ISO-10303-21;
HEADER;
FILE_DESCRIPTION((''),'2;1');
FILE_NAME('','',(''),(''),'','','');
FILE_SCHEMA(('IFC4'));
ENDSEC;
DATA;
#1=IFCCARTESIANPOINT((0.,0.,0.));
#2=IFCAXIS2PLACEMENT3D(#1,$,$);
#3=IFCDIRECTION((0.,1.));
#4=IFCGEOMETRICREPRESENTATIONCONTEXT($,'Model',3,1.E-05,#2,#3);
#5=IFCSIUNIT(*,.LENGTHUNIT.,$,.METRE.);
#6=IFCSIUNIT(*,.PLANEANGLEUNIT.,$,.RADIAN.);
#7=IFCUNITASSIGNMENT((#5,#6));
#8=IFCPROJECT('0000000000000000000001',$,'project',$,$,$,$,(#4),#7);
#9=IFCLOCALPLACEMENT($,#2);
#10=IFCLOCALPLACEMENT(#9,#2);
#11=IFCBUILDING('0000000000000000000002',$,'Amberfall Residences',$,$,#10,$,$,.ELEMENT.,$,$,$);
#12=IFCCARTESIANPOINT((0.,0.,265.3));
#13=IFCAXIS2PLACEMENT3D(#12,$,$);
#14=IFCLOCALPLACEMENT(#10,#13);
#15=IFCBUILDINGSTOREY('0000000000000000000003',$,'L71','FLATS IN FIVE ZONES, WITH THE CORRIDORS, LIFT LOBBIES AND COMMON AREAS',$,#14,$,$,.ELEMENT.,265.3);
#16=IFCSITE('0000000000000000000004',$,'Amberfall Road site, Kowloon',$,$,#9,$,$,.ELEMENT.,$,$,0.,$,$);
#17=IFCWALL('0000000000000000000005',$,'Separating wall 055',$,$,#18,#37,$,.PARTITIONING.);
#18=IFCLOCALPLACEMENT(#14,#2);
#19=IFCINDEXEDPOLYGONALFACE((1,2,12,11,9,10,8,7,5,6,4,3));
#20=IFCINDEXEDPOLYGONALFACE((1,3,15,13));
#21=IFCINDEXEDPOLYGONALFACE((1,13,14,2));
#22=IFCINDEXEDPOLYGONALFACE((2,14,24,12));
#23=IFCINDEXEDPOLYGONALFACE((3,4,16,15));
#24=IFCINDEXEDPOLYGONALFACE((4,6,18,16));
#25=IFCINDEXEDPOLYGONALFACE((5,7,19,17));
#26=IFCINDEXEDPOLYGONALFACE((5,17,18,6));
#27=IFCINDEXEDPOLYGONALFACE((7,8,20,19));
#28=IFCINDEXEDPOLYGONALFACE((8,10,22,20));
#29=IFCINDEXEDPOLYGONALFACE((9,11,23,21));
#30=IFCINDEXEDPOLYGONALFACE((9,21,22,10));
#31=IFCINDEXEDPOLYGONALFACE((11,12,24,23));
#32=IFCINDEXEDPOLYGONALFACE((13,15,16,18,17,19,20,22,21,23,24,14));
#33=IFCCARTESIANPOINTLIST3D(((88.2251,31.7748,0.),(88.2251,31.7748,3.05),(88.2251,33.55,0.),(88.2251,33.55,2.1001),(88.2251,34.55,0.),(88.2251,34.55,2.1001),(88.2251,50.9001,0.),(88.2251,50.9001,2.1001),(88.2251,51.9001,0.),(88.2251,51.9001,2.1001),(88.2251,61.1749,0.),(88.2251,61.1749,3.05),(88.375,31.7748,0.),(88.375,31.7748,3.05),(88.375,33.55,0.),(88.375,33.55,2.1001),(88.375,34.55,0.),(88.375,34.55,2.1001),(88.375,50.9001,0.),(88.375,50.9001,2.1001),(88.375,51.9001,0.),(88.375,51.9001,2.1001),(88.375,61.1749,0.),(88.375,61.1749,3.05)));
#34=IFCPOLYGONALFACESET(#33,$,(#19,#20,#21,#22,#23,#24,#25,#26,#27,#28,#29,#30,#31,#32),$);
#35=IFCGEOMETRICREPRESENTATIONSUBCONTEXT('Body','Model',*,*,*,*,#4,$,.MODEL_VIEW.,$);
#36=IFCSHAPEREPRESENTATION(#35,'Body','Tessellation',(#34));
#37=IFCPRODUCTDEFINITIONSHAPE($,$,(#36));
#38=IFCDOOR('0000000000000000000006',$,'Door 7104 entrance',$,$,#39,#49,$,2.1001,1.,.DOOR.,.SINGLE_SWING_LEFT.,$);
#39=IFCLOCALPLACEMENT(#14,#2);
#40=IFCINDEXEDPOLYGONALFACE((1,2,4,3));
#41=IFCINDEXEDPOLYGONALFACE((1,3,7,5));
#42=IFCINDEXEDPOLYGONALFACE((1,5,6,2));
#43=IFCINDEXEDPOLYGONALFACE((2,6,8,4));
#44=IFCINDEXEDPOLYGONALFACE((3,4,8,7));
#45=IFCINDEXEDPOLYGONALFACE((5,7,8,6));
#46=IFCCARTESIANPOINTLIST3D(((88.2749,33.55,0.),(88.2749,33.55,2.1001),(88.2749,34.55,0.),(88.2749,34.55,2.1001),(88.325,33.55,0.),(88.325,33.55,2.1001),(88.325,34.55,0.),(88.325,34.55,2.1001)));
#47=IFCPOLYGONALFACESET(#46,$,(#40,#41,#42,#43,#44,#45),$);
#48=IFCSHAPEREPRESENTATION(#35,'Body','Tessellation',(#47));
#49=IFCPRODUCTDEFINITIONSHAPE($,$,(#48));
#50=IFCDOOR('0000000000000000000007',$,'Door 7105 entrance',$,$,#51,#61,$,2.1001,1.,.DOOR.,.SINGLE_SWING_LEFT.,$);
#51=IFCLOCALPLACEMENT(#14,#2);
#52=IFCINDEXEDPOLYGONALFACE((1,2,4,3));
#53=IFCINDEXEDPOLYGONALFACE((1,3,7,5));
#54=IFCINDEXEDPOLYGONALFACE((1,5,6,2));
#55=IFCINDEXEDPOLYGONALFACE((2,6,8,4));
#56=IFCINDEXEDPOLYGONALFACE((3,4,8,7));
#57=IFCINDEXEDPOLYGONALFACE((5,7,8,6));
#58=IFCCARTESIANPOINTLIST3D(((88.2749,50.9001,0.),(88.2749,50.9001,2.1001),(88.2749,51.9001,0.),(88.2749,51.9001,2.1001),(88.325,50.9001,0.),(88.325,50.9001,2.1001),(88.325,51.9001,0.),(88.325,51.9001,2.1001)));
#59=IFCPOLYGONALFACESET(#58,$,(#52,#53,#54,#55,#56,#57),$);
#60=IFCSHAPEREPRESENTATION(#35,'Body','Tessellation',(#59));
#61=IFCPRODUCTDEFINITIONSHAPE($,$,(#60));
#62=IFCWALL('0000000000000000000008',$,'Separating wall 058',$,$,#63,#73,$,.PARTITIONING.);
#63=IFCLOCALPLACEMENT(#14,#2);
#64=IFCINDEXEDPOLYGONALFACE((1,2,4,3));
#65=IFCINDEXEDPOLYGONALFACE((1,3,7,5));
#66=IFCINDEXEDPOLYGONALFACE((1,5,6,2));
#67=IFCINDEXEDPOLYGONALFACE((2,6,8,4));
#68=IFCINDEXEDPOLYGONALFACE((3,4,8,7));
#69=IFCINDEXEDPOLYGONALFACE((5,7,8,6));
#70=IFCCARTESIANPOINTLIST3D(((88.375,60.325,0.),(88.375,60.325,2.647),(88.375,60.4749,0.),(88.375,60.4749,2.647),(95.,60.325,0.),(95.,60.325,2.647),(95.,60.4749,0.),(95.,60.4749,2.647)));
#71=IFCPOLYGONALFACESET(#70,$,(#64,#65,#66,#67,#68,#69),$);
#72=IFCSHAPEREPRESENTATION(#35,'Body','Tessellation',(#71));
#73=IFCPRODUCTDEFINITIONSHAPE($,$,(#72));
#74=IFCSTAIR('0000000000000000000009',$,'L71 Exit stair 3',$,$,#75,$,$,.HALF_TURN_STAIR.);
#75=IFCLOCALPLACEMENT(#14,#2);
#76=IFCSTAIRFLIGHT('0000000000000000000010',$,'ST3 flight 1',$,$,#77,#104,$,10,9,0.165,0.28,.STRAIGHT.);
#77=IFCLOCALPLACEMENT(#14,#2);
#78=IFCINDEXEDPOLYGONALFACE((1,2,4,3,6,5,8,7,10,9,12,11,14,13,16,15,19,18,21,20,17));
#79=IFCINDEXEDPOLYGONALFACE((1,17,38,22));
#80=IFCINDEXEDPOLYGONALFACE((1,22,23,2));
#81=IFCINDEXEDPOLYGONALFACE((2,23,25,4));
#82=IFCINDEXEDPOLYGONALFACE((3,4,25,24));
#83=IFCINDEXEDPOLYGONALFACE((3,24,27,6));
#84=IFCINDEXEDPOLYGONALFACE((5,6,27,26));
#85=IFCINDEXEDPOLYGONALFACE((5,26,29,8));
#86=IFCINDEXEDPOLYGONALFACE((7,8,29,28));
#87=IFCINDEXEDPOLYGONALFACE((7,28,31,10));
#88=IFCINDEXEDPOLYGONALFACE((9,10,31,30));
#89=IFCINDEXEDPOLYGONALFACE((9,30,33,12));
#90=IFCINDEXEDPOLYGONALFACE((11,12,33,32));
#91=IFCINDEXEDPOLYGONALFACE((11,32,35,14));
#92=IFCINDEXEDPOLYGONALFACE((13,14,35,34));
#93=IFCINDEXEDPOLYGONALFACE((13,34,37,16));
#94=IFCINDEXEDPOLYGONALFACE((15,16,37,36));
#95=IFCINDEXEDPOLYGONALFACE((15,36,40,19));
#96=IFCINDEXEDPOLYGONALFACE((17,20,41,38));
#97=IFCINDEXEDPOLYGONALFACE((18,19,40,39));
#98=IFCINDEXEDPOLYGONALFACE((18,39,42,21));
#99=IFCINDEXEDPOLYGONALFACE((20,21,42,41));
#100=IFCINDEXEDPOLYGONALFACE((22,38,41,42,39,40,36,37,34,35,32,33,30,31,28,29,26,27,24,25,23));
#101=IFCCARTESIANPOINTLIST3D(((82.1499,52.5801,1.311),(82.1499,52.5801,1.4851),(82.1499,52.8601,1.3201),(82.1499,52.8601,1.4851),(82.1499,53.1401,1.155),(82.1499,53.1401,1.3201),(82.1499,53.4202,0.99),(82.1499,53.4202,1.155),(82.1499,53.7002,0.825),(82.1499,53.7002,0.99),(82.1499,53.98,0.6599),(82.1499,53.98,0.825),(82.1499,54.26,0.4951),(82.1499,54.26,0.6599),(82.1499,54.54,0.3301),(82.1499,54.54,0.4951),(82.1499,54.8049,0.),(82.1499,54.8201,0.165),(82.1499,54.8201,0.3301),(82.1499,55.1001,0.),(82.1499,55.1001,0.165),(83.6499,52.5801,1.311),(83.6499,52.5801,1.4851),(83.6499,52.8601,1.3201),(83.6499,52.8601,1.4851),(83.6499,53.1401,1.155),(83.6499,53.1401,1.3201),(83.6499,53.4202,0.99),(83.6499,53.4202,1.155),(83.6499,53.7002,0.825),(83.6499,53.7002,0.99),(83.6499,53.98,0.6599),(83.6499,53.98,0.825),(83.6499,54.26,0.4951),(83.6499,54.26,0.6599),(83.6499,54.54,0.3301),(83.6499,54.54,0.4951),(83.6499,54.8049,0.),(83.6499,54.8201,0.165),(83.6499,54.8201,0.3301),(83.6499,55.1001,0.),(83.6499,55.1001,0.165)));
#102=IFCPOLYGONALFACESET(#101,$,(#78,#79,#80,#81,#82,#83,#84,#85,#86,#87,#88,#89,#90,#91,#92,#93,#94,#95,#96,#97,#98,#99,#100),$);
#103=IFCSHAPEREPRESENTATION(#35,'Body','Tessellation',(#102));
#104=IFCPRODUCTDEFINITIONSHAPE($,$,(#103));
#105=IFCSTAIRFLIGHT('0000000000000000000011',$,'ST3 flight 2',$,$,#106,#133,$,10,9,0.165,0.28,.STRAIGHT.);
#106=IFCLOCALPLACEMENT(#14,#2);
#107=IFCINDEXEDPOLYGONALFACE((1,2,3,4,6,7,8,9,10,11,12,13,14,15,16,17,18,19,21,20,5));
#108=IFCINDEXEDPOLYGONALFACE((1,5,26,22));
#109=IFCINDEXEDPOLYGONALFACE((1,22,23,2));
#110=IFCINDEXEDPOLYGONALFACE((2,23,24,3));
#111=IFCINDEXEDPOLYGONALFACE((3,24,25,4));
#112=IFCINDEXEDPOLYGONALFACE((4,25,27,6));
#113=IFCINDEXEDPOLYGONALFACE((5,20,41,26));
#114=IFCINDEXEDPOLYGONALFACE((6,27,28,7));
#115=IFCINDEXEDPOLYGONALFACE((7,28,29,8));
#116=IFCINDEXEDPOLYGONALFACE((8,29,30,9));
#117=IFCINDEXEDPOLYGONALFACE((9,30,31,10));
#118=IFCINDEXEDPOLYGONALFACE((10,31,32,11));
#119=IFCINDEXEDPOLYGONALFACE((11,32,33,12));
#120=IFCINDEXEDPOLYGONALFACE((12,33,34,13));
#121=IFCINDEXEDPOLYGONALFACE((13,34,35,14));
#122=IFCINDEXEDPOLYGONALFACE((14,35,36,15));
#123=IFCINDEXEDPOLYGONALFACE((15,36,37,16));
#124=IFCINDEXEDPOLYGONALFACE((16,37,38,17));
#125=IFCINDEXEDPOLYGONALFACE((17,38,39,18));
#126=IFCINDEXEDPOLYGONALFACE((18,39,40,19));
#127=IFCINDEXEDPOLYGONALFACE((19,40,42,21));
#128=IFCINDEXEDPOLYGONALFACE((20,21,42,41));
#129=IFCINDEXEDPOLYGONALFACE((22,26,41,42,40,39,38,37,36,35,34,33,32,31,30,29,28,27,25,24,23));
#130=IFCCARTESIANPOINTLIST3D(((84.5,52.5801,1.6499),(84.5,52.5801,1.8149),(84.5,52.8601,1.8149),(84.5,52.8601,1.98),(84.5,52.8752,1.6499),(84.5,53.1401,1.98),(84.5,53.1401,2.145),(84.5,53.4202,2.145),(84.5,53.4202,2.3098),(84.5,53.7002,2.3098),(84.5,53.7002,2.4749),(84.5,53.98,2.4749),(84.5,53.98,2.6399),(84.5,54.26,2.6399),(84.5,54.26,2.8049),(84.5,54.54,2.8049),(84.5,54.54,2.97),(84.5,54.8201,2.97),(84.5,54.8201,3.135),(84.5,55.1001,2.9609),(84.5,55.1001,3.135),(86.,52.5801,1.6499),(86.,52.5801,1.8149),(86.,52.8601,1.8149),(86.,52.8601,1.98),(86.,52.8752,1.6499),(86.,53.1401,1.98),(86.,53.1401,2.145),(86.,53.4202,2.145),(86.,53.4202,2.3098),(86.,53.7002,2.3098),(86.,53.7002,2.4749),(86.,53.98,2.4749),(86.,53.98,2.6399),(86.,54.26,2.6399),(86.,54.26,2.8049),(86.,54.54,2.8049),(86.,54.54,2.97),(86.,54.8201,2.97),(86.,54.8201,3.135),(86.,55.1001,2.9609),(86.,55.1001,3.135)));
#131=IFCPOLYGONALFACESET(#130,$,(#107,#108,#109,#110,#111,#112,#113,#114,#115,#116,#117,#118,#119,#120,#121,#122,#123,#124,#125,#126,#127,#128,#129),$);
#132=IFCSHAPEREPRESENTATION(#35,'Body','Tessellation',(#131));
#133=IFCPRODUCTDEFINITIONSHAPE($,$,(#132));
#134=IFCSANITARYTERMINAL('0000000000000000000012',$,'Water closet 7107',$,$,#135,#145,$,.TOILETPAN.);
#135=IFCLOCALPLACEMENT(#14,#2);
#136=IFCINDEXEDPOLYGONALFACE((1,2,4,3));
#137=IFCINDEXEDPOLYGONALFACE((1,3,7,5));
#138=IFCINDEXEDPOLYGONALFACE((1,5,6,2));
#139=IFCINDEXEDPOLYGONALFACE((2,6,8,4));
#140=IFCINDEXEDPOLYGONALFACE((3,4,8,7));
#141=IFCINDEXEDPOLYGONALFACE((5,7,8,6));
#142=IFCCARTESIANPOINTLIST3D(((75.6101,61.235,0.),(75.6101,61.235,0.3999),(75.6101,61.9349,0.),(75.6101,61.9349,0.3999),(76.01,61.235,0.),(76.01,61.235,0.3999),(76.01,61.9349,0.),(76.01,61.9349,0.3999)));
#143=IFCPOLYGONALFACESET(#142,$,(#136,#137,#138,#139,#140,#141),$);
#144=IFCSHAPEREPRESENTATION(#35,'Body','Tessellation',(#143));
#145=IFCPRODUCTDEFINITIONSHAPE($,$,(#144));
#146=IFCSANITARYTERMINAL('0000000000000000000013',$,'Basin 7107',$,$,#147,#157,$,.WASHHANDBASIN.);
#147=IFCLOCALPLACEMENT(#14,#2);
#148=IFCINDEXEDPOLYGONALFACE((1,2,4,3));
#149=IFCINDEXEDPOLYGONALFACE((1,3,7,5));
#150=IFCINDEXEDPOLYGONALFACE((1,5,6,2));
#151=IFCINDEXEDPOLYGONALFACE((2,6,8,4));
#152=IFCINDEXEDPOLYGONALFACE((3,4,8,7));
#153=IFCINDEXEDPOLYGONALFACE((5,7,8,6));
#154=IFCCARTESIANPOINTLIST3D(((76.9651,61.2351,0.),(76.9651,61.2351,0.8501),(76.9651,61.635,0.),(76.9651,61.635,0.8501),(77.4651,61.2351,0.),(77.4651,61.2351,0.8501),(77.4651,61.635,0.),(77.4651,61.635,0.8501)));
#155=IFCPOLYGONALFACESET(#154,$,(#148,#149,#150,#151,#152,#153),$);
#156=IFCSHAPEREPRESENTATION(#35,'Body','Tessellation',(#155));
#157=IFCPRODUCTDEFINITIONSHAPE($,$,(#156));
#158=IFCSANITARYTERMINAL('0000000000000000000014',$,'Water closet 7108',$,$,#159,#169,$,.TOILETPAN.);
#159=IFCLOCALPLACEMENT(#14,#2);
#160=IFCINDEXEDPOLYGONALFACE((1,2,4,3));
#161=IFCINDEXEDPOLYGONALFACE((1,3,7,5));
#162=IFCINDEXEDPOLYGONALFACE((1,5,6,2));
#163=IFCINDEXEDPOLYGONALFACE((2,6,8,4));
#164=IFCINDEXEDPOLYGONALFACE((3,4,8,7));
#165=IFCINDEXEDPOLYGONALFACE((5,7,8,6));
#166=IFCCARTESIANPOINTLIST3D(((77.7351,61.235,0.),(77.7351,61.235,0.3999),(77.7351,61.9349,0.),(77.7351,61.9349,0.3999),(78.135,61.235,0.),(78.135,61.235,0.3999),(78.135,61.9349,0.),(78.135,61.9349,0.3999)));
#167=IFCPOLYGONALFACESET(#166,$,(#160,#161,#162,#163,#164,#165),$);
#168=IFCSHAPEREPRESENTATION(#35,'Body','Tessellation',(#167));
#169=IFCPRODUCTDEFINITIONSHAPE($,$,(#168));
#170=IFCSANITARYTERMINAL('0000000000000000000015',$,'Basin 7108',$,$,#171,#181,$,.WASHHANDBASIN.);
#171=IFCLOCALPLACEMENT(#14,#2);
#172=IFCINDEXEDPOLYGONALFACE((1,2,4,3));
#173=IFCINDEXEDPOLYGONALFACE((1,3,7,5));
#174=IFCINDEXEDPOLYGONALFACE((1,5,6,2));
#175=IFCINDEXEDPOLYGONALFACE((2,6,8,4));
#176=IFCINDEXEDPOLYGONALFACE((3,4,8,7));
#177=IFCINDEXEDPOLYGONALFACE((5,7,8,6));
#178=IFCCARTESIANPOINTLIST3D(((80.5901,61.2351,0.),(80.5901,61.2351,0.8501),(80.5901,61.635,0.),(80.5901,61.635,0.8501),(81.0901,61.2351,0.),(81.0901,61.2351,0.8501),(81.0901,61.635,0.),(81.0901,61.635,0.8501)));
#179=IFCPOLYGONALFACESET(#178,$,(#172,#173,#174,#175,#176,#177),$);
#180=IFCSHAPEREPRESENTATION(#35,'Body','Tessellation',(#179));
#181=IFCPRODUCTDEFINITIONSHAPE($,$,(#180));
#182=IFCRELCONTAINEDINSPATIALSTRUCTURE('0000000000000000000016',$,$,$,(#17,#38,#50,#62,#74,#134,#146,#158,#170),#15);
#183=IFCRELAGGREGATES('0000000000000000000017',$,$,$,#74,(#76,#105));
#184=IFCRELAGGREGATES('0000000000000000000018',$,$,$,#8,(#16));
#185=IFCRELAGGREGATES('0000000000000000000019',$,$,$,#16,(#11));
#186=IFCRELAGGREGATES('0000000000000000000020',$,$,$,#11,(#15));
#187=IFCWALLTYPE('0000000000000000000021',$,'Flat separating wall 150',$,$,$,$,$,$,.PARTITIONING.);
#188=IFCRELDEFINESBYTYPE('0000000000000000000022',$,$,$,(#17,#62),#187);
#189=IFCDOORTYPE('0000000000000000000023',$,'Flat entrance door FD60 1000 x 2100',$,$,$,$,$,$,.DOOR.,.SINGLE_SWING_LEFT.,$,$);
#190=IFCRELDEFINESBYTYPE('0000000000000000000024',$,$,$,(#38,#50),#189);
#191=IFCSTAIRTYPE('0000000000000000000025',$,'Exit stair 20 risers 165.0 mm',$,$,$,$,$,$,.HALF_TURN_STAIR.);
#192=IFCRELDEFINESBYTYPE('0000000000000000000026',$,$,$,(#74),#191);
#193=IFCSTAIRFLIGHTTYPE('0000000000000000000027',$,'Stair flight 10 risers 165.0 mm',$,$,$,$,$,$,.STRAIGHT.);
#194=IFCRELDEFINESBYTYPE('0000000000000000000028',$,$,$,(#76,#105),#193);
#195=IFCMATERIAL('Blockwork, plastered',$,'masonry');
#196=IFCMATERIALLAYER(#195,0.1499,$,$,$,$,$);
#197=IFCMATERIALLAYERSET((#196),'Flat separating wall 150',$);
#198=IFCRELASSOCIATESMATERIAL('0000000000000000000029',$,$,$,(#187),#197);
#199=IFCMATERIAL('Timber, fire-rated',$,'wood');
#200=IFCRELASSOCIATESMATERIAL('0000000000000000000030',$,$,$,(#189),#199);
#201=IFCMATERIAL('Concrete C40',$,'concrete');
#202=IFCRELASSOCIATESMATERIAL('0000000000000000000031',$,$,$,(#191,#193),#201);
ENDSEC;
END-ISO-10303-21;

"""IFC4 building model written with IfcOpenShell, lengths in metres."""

from ifc_helpers import new_model, si_unit, direction, frame, frame_2d, origin, origin_2d, place, context, subcontext, project, spatial, polyline, rectangle, outline, extrude, material, layer, layer_set, type_object, element, fill, aggregate, save


model = new_model("IFC4")

# Units and contexts
model_context = context("Model", 3, precision=1e-05, world=origin(), true_north=direction((0.0, 1.0)))
body_context = subcontext(model_context, "Body", "Model", "MODEL_VIEW")
ifc_project = project(units=[si_unit("LENGTHUNIT", "METRE"), si_unit("PLANEANGLEUNIT", "RADIAN")], contexts=[model_context])

# Site, building, storey
site_placement = place(None, origin())
site = spatial("IfcSite", under=ifc_project, at=site_placement, Name="Amberfall Road site, Kowloon", CompositionType="ELEMENT", RefElevation=0.0)
building_placement = place(site_placement, origin())
building = spatial("IfcBuilding", under=site, at=building_placement, Name="Amberfall Residences", CompositionType="ELEMENT")
storey_placement = place(building_placement, frame((0.0, 0.0, 265.3)))
storey = spatial("IfcBuildingStorey", under=building, at=storey_placement, Name="L71", Description="FLATS IN FIVE ZONES, WITH THE CORRIDORS, LIFT LOBBIES AND COMMON AREAS", CompositionType="ELEMENT", Elevation=265.3)

# Shared definitions
ifc_material_1 = material(Name="Blockwork, plastered", Category="masonry")
ifc_layer_1 = layer(ifc_material_1, 0.1499)
ifc_layer_set_1 = layer_set([ifc_layer_1], Name="Flat separating wall 150")
wall_type_1 = type_object("IfcWallType", Name="Flat separating wall 150", PredefinedType="PARTITIONING", material=ifc_layer_set_1)

# Wall, openings, doors
wall_1_placement = place(storey_placement, frame((88.3, 61.175, 0.0), z_axis=(0.0, 0.0, 1.0), x_axis=(0.0, -1.0, 0.0)))
wall_1 = element("IfcWall", 1, at=wall_1_placement, inside=storey, type_object=wall_type_1, Name="Separating wall 055", PredefinedType="PARTITIONING", context=body_context, shape_type="SweptSolid", body=[
    extrude(rectangle(XDim=29.4001, YDim=0.1499, at=frame_2d((14.7002, 0.0))), origin(), (0.0, 0.0, 1.0), 3.05),
])
opening_1_placement = place(wall_1_placement, frame((26.625, 0.0, 0.0)))
opening_1 = element("IfcOpeningElement", 2, at=opening_1_placement, cuts=wall_1, PredefinedType="OPENING", context=body_context, shape_type="SweptSolid", body=[
    extrude(rectangle(XDim=1.0, YDim=2.1001, at=frame_2d((0.5, 1.05))), frame((0.0, 0.085, 0.0), z_axis=(0.0, -1.0, 0.0), x_axis=(1.0, 0.0, 0.0)), (0.0, 0.0, 1.0), 0.1699),
])
opening_2_placement = place(wall_1_placement, frame((9.2749, 0.0, 0.0)))
opening_2 = element("IfcOpeningElement", 3, at=opening_2_placement, cuts=wall_1, PredefinedType="OPENING", context=body_context, shape_type="SweptSolid", body=[
    extrude(rectangle(XDim=1.0, YDim=2.1001, at=frame_2d((0.5, 1.05))), frame((0.0, 0.085, 0.0), z_axis=(0.0, -1.0, 0.0), x_axis=(1.0, 0.0, 0.0)), (0.0, 0.0, 1.0), 0.1699),
])
ifc_material_2 = material(Name="Timber, fire-rated", Category="wood")
door_type_1 = type_object("IfcDoorType", Name="Flat entrance door FD60 1000 x 2100", OperationType="SINGLE_SWING_LEFT", PredefinedType="DOOR", material=ifc_material_2)
door_1_placement = place(opening_1_placement, origin())
door_1 = element("IfcDoor", 4, at=door_1_placement, inside=storey, type_object=door_type_1, Name="Door 7104 entrance", OperationType="SINGLE_SWING_LEFT", OverallHeight=2.1001, OverallWidth=1.0, PredefinedType="DOOR", context=body_context, shape_type="SweptSolid", body=[
    extrude(rectangle(XDim=1.0, YDim=2.1001, at=frame_2d((0.5, 1.05))), frame((0.0, 0.0249, 0.0), z_axis=(0.0, -1.0, 0.0), x_axis=(1.0, 0.0, 0.0)), (0.0, 0.0, 1.0), 0.05),
])
fill(opening_1, door_1)
door_2_placement = place(opening_2_placement, origin())
door_2 = element("IfcDoor", 5, at=door_2_placement, inside=storey, type_object=door_type_1, Name="Door 7105 entrance", OperationType="SINGLE_SWING_LEFT", OverallHeight=2.1001, OverallWidth=1.0, PredefinedType="DOOR", context=body_context, shape_type="SweptSolid", body=[
    extrude(rectangle(XDim=1.0, YDim=2.1001, at=frame_2d((0.5, 1.05))), frame((0.0, 0.0249, 0.0), z_axis=(0.0, -1.0, 0.0), x_axis=(1.0, 0.0, 0.0)), (0.0, 0.0, 1.0), 0.05),
])
fill(opening_2, door_2)

# Wall
wall_2_placement = place(storey_placement, frame((88.375, 60.3999, 0.0), z_axis=(0.0, 0.0, 1.0), x_axis=(1.0, 0.0, 0.0)))
element("IfcWall", 6, at=wall_2_placement, inside=storey, type_object=wall_type_1, Name="Separating wall 058", PredefinedType="PARTITIONING", context=body_context, shape_type="SweptSolid", body=[
    extrude(rectangle(XDim=6.625, YDim=0.1499, at=frame_2d((3.3125, 0.0))), origin(), (0.0, 0.0, 1.0), 2.647),
])

# Stair, stair flights
ifc_material_3 = material(Name="Concrete C40", Category="concrete")
stair_type = type_object("IfcStairType", Name="Exit stair 20 risers 165.0 mm", PredefinedType="HALF_TURN_STAIR", material=ifc_material_3)
stair_placement = place(storey_placement, origin())
stair = element("IfcStair", 7, at=stair_placement, inside=storey, type_object=stair_type, Name="L71 Exit stair 3", PredefinedType="HALF_TURN_STAIR")
stair_flight_type = type_object("IfcStairFlightType", Name="Stair flight 10 risers 165.0 mm", PredefinedType="STRAIGHT", material=ifc_material_3)
stair_flight_1_placement = place(storey_placement, frame((82.8999, 55.1001, 0.0), z_axis=(0.0, 0.0, 1.0), x_axis=(0.0, -1.0, 0.0)))
stair_flight_1 = element("IfcStairFlight", 8, at=stair_flight_1_placement, type_object=stair_flight_type, Name="ST3 flight 1", NumberOfRisers=10, NumberOfTreads=9, PredefinedType="STRAIGHT", RiserHeight=0.165, TreadLength=0.28, context=body_context, shape_type="SweptSolid", body=[
    extrude(outline(polyline([(0.0, 0.0), (0.0, 0.165), (0.28, 0.165), (0.28, 0.3301), (0.5601, 0.3301), (0.5601, 0.4951), (0.8401, 0.4951), (0.8401, 0.6599), (1.1201, 0.6599), (1.1201, 0.825), (1.3999, 0.825), (1.3999, 0.99), (1.6799, 0.99), (1.6799, 1.155), (1.96, 1.155), (1.96, 1.3201), (2.24, 1.3201), (2.24, 1.4851), (2.52, 1.4851), (2.52, 1.6499), (2.52, 1.311), (0.2952, 0.0), (0.0, 0.0)])), frame((0.0, 0.75, 0.0), z_axis=(0.0, -1.0, 0.0), x_axis=(1.0, 0.0, 0.0)), (0.0, 0.0, 1.0), 1.5),
])
stair_flight_2_placement = place(storey_placement, frame((85.25, 52.5801, 1.6499), z_axis=(0.0, 0.0, 1.0), x_axis=(0.0, 1.0, 0.0)))
stair_flight_2 = element("IfcStairFlight", 9, at=stair_flight_2_placement, type_object=stair_flight_type, Name="ST3 flight 2", NumberOfRisers=10, NumberOfTreads=9, PredefinedType="STRAIGHT", RiserHeight=0.165, TreadLength=0.28, context=body_context, shape_type="SweptSolid", body=[
    extrude(outline(polyline([(0.0, 0.0), (0.0, 0.165), (0.28, 0.165), (0.28, 0.3301), (0.5601, 0.3301), (0.5601, 0.4951), (0.8401, 0.4951), (0.8401, 0.6599), (1.1201, 0.6599), (1.1201, 0.825), (1.3999, 0.825), (1.3999, 0.99), (1.6799, 0.99), (1.6799, 1.155), (1.96, 1.155), (1.96, 1.3201), (2.24, 1.3201), (2.24, 1.4851), (2.52, 1.4851), (2.52, 1.6499), (2.52, 1.311), (0.2952, 0.0), (0.0, 0.0)])), frame((0.0, 0.75, 0.0), z_axis=(0.0, -1.0, 0.0), x_axis=(1.0, 0.0, 0.0)), (0.0, 0.0, 1.0), 1.5),
])
aggregate(stair, [stair_flight_1, stair_flight_2])

# Sanitary terminals
sanitary_terminal_1_placement = place(storey_placement, frame((75.8101, 61.585, 0.0), z_axis=(0.0, 0.0, 1.0), x_axis=(1.0, 0.0, 0.0)))
element("IfcSanitaryTerminal", 10, at=sanitary_terminal_1_placement, inside=storey, Name="Water closet 7107", PredefinedType="TOILETPAN", context=body_context, shape_type="SweptSolid", body=[
    extrude(rectangle(XDim=0.3999, YDim=0.7, at=origin_2d()), origin(), (0.0, 0.0, 1.0), 0.3999),
])
sanitary_terminal_2_placement = place(storey_placement, frame((77.2151, 61.4351, 0.0), z_axis=(0.0, 0.0, 1.0), x_axis=(1.0, 0.0, 0.0)))
element("IfcSanitaryTerminal", 11, at=sanitary_terminal_2_placement, inside=storey, Name="Basin 7107", PredefinedType="WASHHANDBASIN", context=body_context, shape_type="SweptSolid", body=[
    extrude(rectangle(XDim=0.5, YDim=0.3999, at=origin_2d()), origin(), (0.0, 0.0, 1.0), 0.8501),
])
sanitary_terminal_3_placement = place(storey_placement, frame((77.9351, 61.585, 0.0), z_axis=(0.0, 0.0, 1.0), x_axis=(1.0, 0.0, 0.0)))
element("IfcSanitaryTerminal", 12, at=sanitary_terminal_3_placement, inside=storey, Name="Water closet 7108", PredefinedType="TOILETPAN", context=body_context, shape_type="SweptSolid", body=[
    extrude(rectangle(XDim=0.3999, YDim=0.7, at=origin_2d()), origin(), (0.0, 0.0, 1.0), 0.3999),
])
sanitary_terminal_4_placement = place(storey_placement, frame((80.8401, 61.4351, 0.0), z_axis=(0.0, 0.0, 1.0), x_axis=(1.0, 0.0, 0.0)))
element("IfcSanitaryTerminal", 13, at=sanitary_terminal_4_placement, inside=storey, Name="Basin 7108", PredefinedType="WASHHANDBASIN", context=body_context, shape_type="SweptSolid", body=[
    extrude(rectangle(XDim=0.5, YDim=0.3999, at=origin_2d()), origin(), (0.0, 0.0, 1.0), 0.8501),
])

save(model, "model.ifc")
